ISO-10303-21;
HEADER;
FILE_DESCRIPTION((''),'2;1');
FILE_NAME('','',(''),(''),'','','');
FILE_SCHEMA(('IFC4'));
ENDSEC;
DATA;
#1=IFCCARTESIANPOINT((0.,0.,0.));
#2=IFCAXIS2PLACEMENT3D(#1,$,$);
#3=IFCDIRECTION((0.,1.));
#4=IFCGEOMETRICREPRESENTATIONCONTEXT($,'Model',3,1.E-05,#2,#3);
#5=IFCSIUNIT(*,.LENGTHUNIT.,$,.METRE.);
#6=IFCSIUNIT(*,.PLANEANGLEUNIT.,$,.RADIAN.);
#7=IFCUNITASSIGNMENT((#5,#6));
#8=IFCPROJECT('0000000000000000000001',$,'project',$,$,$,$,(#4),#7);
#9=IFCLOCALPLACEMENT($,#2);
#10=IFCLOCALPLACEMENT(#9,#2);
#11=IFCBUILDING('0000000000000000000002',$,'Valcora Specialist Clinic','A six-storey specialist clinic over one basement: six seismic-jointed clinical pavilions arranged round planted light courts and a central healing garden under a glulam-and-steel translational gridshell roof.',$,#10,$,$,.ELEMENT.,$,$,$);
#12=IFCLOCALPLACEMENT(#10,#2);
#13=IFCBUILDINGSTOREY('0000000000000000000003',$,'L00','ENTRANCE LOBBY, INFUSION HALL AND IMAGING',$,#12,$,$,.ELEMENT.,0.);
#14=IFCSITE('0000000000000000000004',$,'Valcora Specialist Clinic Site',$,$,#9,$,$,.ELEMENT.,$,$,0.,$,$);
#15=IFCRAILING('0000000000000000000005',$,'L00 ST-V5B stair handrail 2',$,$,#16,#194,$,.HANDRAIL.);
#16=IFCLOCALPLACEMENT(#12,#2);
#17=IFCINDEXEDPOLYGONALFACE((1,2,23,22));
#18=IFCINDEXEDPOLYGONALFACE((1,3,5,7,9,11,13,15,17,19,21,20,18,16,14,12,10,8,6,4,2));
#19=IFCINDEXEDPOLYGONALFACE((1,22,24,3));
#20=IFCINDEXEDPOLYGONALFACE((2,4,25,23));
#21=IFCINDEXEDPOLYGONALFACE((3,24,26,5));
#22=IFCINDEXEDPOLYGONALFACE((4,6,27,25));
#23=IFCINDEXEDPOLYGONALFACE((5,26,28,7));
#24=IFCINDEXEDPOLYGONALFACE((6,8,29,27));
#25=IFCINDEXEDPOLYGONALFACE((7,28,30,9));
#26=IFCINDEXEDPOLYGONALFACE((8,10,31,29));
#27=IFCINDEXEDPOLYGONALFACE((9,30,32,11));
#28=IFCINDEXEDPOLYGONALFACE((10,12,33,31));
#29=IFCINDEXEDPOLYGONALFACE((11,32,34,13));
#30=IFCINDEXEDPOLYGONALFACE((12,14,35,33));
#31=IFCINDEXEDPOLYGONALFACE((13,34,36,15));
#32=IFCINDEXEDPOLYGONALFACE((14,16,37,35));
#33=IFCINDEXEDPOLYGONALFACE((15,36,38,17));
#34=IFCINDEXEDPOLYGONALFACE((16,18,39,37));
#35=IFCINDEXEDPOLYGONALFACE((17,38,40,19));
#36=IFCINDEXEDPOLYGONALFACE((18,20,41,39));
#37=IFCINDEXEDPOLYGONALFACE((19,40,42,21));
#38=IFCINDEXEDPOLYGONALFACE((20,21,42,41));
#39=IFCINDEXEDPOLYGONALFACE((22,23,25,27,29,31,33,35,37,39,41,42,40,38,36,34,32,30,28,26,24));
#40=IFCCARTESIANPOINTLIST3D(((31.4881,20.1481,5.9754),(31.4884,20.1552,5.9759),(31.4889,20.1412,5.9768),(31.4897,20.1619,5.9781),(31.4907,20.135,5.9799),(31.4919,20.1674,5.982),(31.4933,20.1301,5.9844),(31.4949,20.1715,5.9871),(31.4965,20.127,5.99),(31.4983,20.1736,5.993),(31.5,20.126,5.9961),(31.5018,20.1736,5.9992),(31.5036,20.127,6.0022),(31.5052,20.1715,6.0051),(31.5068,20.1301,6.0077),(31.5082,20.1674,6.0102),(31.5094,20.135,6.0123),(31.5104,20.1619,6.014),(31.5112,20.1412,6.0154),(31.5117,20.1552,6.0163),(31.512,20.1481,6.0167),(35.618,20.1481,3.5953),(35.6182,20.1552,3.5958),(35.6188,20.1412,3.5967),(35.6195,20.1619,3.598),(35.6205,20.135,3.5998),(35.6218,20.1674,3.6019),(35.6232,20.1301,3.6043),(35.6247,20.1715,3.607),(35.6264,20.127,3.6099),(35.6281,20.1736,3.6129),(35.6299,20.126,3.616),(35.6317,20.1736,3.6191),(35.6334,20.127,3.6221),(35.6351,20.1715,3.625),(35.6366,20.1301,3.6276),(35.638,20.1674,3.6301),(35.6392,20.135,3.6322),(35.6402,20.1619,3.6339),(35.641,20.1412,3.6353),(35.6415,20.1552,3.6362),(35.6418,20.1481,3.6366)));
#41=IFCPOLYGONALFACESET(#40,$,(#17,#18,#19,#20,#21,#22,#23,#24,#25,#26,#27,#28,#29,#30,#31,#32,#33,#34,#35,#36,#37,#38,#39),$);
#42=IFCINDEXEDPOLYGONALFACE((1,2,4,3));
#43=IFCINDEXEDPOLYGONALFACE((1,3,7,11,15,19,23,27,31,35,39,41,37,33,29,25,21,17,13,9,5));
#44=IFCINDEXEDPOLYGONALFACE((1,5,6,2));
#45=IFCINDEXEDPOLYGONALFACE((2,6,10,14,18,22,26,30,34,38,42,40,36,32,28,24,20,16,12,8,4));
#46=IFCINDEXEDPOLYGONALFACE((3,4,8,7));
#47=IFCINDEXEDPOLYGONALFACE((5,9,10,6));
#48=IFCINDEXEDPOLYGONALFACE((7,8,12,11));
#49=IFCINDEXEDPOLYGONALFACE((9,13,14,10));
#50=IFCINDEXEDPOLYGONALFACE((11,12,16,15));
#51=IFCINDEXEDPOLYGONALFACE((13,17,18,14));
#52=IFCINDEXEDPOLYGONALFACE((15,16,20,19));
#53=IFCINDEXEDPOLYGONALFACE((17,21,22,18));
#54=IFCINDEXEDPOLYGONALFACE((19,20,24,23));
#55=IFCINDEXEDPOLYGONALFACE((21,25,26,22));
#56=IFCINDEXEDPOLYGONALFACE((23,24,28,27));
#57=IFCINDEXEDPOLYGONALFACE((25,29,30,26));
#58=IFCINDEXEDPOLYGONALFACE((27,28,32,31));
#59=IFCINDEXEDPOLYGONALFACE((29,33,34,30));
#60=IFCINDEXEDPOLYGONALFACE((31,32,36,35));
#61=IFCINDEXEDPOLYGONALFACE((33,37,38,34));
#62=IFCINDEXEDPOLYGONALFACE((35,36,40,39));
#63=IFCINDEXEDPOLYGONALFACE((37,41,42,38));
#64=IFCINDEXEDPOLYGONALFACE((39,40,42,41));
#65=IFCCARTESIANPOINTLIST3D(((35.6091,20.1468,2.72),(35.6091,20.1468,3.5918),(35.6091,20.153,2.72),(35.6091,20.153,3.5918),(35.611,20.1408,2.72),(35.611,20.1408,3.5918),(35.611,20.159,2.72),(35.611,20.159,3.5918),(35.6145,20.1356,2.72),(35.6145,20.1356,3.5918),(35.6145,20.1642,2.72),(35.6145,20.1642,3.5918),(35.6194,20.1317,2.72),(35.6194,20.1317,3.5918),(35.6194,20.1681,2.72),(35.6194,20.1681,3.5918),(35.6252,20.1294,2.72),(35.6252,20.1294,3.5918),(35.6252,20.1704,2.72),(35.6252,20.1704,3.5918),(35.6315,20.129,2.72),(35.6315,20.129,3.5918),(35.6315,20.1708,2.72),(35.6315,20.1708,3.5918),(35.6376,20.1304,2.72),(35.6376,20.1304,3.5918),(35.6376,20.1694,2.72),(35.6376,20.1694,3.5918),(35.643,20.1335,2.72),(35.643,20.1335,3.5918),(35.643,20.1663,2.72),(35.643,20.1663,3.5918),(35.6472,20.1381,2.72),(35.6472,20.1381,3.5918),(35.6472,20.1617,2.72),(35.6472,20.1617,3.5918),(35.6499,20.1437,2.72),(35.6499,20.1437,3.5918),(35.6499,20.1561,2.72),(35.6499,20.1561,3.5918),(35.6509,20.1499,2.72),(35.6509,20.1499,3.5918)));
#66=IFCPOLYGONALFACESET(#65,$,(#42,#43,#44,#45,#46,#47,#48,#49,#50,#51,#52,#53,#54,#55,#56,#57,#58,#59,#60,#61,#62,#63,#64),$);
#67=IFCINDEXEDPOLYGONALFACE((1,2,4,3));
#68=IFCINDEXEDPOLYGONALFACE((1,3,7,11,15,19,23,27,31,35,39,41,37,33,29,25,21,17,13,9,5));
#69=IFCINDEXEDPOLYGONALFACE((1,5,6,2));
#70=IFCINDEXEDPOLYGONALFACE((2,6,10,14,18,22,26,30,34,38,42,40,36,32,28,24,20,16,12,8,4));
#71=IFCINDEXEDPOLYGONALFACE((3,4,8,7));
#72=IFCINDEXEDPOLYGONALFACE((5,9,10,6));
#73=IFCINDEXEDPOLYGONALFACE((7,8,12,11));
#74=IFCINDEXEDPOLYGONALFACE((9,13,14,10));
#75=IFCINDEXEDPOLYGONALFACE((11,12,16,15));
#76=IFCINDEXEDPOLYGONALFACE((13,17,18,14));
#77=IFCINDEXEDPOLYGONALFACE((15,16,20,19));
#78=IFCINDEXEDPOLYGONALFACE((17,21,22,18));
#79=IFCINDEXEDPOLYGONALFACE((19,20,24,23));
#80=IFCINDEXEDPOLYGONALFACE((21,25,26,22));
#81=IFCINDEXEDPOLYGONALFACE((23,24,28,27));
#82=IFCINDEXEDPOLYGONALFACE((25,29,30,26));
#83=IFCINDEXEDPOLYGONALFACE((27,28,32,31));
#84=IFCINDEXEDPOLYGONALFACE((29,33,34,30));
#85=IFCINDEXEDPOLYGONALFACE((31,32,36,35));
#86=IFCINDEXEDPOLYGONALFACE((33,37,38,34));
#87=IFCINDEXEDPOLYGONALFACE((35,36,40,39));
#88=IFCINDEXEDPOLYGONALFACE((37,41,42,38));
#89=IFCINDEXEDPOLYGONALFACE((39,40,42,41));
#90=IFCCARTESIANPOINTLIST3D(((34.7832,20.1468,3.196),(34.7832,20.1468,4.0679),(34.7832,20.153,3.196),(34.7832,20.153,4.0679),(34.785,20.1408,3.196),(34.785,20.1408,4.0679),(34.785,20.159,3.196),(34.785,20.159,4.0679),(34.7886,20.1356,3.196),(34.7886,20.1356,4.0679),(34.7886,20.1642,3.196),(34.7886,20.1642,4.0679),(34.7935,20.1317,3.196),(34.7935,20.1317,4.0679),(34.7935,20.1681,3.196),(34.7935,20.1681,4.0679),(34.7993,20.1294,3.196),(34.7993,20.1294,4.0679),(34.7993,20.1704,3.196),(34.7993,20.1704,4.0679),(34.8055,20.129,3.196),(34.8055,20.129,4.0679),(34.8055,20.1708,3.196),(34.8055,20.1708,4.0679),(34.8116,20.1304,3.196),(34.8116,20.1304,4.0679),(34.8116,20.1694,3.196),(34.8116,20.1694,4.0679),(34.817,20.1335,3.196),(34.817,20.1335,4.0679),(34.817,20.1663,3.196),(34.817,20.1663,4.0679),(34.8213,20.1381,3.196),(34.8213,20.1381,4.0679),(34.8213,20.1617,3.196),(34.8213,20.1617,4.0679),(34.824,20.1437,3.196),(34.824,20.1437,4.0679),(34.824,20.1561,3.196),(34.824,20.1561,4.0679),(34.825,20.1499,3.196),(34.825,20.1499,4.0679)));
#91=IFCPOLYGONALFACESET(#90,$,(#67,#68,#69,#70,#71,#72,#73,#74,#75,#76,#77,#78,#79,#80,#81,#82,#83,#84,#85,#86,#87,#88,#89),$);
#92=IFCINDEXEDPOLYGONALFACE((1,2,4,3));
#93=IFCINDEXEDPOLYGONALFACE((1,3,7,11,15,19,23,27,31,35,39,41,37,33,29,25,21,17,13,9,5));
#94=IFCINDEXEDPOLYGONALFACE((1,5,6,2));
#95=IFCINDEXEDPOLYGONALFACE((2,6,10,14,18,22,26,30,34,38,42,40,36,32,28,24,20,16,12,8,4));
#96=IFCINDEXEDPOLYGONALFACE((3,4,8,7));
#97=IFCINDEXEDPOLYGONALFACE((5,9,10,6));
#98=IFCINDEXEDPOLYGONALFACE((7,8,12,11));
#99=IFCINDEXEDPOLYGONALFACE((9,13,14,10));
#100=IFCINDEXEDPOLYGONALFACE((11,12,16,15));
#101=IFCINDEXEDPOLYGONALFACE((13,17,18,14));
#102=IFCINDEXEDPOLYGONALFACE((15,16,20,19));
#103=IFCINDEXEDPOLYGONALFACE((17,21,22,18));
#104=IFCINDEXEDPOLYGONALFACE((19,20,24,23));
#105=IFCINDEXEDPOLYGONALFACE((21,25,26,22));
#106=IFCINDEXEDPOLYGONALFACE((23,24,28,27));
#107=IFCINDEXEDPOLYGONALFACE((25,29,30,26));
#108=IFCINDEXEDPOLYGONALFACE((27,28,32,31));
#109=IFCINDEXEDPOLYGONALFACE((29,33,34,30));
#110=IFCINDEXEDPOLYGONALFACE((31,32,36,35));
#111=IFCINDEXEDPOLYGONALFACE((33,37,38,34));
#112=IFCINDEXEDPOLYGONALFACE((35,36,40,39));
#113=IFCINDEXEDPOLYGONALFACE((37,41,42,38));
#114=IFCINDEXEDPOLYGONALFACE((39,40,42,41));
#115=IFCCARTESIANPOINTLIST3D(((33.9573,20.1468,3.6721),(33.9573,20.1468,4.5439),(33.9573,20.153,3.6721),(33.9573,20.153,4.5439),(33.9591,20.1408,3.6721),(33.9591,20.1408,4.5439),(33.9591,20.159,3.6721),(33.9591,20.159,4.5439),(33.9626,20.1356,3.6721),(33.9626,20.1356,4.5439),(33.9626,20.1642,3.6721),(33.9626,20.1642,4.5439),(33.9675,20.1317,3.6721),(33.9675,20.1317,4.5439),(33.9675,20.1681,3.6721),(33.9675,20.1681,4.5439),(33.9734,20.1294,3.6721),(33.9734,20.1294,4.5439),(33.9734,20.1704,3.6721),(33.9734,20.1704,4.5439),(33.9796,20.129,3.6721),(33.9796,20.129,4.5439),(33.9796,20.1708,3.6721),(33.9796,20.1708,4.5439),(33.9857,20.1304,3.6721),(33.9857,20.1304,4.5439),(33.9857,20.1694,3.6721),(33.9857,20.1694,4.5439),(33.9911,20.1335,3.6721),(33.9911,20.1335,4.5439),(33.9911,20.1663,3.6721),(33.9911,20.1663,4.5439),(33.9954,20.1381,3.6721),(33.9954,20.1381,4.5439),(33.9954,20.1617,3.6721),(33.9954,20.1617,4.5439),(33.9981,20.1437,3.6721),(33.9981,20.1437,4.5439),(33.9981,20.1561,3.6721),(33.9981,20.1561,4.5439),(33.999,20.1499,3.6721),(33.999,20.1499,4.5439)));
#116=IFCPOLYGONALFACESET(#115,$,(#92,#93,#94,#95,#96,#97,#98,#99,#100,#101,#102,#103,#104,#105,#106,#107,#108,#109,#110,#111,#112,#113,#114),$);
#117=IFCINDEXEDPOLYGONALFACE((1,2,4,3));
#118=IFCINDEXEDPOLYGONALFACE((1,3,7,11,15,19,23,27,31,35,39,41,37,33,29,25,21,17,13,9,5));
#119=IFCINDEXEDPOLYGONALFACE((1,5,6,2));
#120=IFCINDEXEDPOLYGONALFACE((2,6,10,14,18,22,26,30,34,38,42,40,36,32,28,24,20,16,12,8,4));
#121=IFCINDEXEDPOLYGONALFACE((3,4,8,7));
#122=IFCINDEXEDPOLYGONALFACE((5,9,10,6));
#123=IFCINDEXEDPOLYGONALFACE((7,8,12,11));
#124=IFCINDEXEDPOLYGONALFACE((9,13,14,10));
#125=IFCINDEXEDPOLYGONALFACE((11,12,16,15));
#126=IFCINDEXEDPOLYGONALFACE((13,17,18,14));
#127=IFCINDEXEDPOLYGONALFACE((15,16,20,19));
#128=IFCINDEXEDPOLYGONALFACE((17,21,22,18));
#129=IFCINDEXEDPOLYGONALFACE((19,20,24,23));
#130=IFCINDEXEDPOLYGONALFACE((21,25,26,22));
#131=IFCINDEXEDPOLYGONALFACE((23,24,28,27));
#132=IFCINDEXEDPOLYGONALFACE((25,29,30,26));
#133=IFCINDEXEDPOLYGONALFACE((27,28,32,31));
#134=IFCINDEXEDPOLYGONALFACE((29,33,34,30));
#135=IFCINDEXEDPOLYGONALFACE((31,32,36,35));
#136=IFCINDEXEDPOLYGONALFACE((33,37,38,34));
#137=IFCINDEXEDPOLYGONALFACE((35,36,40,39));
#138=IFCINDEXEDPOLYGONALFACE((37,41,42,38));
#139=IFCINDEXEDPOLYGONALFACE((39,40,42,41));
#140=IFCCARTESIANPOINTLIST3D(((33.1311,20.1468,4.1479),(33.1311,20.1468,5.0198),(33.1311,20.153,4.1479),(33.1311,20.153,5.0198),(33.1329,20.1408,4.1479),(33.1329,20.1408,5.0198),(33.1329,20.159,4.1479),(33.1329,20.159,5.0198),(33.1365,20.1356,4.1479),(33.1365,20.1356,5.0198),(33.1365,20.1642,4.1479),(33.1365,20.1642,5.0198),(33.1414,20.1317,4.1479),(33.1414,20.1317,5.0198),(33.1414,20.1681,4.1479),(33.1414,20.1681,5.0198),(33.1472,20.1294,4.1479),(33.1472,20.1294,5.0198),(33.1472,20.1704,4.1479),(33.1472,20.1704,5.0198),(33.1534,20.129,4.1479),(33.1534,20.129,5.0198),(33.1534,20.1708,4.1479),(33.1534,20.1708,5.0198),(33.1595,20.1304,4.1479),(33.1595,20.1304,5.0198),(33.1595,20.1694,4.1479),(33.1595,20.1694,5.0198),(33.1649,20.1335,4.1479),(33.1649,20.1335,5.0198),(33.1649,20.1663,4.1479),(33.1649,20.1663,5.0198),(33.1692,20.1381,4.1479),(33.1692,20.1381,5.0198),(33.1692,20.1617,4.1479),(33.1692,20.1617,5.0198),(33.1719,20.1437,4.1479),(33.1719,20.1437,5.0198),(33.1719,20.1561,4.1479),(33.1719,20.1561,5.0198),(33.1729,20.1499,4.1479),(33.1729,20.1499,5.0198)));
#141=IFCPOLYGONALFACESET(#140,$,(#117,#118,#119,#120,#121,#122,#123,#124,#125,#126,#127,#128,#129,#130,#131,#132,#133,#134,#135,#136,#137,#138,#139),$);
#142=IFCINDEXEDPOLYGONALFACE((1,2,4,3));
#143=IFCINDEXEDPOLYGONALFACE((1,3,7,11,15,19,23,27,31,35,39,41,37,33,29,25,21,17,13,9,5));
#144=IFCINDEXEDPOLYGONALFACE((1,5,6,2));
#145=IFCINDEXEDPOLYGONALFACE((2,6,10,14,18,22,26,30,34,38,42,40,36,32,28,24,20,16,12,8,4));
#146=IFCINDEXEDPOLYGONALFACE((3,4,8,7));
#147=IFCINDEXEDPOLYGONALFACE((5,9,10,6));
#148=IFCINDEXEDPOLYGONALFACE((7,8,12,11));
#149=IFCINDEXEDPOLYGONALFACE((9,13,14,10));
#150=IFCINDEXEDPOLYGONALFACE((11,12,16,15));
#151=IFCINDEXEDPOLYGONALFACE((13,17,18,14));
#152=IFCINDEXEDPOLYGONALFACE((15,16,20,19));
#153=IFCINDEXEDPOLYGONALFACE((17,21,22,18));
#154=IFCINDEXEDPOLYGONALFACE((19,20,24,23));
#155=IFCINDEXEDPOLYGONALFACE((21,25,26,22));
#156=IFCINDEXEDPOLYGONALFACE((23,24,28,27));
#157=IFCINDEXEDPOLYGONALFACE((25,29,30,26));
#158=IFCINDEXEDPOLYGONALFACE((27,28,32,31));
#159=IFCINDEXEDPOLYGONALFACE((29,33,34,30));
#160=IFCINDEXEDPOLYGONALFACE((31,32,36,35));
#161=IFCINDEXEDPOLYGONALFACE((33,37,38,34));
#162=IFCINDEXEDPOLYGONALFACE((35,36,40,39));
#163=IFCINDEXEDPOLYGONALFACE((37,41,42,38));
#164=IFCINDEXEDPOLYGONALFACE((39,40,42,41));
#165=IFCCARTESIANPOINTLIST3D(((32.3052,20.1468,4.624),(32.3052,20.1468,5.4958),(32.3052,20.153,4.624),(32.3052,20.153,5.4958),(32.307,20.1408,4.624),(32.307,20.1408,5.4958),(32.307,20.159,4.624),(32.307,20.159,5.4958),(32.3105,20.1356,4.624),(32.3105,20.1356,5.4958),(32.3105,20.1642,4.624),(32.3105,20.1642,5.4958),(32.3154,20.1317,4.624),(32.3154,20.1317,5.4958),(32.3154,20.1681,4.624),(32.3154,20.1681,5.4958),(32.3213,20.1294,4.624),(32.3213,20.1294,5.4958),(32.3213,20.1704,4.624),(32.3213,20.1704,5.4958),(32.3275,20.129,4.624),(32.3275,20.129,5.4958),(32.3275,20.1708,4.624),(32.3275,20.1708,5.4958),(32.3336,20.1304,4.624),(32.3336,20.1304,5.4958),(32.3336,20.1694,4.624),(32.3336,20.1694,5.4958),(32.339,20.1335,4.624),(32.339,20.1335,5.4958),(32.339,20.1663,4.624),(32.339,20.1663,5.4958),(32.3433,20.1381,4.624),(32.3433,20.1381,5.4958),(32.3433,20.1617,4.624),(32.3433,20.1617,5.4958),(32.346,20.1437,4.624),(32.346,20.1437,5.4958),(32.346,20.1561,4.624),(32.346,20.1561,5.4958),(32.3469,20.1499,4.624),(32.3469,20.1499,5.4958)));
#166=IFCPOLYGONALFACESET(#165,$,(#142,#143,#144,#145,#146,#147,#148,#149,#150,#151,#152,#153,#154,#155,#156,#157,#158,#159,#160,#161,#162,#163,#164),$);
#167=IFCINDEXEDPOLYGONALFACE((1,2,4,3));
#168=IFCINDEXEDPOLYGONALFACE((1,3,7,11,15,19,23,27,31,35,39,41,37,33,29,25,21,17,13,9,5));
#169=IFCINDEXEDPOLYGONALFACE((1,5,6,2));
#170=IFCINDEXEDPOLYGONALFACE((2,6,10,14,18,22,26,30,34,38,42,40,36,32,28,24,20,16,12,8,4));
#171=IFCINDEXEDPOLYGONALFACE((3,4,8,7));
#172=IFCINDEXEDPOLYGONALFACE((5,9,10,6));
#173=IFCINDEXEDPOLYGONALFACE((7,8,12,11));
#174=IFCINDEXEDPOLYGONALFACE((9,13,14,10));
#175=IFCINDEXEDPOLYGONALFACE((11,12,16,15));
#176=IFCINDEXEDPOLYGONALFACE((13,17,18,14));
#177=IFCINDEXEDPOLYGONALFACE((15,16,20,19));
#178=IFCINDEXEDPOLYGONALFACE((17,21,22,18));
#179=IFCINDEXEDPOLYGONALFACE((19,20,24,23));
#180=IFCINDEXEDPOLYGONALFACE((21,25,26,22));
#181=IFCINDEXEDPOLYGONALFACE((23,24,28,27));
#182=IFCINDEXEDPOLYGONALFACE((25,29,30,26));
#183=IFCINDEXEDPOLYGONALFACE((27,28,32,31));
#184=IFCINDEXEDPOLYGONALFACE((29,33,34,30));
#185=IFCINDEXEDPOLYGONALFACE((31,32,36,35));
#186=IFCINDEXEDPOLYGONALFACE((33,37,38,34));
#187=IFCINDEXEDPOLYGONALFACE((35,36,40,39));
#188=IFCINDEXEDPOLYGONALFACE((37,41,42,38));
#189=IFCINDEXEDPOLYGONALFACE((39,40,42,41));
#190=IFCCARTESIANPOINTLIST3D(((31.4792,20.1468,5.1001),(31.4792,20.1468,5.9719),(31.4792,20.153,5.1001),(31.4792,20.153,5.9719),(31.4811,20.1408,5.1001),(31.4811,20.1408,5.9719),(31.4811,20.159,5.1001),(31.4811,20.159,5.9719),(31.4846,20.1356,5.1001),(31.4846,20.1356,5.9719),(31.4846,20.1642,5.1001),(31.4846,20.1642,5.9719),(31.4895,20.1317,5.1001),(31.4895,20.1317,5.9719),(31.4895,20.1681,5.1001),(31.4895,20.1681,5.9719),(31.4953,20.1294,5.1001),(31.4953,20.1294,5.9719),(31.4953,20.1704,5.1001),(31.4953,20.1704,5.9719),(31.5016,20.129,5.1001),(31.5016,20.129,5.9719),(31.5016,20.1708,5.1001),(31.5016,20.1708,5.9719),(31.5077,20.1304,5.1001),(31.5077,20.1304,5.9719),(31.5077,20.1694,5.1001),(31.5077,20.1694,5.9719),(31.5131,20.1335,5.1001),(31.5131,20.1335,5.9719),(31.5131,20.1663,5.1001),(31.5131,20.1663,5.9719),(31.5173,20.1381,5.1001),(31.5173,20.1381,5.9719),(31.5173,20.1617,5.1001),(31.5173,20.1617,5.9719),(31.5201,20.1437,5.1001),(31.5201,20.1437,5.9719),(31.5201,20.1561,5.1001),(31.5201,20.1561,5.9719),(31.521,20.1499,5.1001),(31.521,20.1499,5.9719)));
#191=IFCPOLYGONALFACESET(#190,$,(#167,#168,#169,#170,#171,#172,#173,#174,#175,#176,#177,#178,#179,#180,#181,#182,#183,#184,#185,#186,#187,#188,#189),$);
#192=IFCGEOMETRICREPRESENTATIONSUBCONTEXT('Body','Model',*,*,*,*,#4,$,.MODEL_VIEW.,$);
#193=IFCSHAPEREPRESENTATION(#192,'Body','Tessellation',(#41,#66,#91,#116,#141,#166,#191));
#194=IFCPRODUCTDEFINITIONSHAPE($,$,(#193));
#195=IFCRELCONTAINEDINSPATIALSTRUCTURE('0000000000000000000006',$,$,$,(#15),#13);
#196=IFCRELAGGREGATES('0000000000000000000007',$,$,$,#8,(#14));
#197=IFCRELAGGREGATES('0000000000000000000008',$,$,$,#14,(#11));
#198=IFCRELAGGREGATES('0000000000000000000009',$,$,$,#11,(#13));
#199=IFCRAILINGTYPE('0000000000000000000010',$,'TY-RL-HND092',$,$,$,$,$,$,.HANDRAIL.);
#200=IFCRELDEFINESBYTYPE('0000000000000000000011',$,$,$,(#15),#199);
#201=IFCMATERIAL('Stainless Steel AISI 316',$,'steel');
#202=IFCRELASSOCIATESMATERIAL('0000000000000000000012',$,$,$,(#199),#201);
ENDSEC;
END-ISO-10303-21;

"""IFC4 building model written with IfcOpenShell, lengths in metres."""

from ifc_helpers import new_model, si_unit, direction, frame, origin, origin_2d, place, context, subcontext, project, spatial, circle, extrude, material, type_object, element, save


model = new_model("IFC4")

# Units and contexts
model_context = context("Model", 3, precision=1e-05, world=origin(), true_north=direction((0.0, 1.0)))
body_context = subcontext(model_context, "Body", "Model", "MODEL_VIEW")
ifc_project = project(units=[si_unit("LENGTHUNIT", "METRE"), si_unit("PLANEANGLEUNIT", "RADIAN")], contexts=[model_context])

# Site, building, storey
site_placement = place(None, origin())
site = spatial("IfcSite", under=ifc_project, at=site_placement, Name="Valcora Specialist Clinic Site", CompositionType="ELEMENT", RefElevation=0.0)
building_placement = place(site_placement, origin())
building = spatial("IfcBuilding", under=site, at=building_placement, Name="Valcora Specialist Clinic", Description="A six-storey specialist clinic over one basement: six seismic-jointed clinical pavilions arranged round planted light courts and a central healing garden under a glulam-and-steel translational gridshell roof.", CompositionType="ELEMENT")
storey_placement = place(building_placement, origin())
storey = spatial("IfcBuildingStorey", under=building, at=storey_placement, Name="L00", Description="ENTRANCE LOBBY, INFUSION HALL AND IMAGING", CompositionType="ELEMENT", Elevation=0.0)

# Shared definitions
ifc_material_1 = material(Name="Stainless Steel AISI 316", Category="steel")

# Railing
railing_type_1 = type_object("IfcRailingType", Name="TY-RL-HND092", PredefinedType="HANDRAIL", material=ifc_material_1)
railing_1_placement = place(storey_placement, frame((35.6299, 20.1499, 2.72)))
element("IfcRailing", 1, at=railing_1_placement, inside=storey, type_object=railing_type_1, Name="L00 ST-V5B stair handrail 2", PredefinedType="HANDRAIL", context=body_context, shape_type="SweptSolid", body=[
    extrude(circle(Radius=0.0239, at=origin_2d()), frame((0.0, 0.0, 0.896), z_axis=(-0.866412, 0.0, 0.499329), x_axis=(0.0, -1.0, 0.0)), (0.0, 0.0, 1.0), 4.7666),
    extrude(circle(Radius=0.021, at=origin_2d()), origin(), (0.0, 0.0, 1.0), 0.8718),
    extrude(circle(Radius=0.021, at=origin_2d()), frame((-0.8259, 0.0, 0.4761)), (0.0, 0.0, 1.0), 0.8718),
    extrude(circle(Radius=0.021, at=origin_2d()), frame((-1.6519, 0.0, 0.9521)), (0.0, 0.0, 1.0), 0.8718),
    extrude(circle(Radius=0.021, at=origin_2d()), frame((-2.478, 0.0, 1.428)), (0.0, 0.0, 1.0), 0.8718),
    extrude(circle(Radius=0.021, at=origin_2d()), frame((-3.304, 0.0, 1.9041)), (0.0, 0.0, 1.0), 0.8718),
    extrude(circle(Radius=0.021, at=origin_2d()), frame((-4.1299, 0.0, 2.3801)), (0.0, 0.0, 1.0), 0.8718),
])

save(model, "model.ifc")
